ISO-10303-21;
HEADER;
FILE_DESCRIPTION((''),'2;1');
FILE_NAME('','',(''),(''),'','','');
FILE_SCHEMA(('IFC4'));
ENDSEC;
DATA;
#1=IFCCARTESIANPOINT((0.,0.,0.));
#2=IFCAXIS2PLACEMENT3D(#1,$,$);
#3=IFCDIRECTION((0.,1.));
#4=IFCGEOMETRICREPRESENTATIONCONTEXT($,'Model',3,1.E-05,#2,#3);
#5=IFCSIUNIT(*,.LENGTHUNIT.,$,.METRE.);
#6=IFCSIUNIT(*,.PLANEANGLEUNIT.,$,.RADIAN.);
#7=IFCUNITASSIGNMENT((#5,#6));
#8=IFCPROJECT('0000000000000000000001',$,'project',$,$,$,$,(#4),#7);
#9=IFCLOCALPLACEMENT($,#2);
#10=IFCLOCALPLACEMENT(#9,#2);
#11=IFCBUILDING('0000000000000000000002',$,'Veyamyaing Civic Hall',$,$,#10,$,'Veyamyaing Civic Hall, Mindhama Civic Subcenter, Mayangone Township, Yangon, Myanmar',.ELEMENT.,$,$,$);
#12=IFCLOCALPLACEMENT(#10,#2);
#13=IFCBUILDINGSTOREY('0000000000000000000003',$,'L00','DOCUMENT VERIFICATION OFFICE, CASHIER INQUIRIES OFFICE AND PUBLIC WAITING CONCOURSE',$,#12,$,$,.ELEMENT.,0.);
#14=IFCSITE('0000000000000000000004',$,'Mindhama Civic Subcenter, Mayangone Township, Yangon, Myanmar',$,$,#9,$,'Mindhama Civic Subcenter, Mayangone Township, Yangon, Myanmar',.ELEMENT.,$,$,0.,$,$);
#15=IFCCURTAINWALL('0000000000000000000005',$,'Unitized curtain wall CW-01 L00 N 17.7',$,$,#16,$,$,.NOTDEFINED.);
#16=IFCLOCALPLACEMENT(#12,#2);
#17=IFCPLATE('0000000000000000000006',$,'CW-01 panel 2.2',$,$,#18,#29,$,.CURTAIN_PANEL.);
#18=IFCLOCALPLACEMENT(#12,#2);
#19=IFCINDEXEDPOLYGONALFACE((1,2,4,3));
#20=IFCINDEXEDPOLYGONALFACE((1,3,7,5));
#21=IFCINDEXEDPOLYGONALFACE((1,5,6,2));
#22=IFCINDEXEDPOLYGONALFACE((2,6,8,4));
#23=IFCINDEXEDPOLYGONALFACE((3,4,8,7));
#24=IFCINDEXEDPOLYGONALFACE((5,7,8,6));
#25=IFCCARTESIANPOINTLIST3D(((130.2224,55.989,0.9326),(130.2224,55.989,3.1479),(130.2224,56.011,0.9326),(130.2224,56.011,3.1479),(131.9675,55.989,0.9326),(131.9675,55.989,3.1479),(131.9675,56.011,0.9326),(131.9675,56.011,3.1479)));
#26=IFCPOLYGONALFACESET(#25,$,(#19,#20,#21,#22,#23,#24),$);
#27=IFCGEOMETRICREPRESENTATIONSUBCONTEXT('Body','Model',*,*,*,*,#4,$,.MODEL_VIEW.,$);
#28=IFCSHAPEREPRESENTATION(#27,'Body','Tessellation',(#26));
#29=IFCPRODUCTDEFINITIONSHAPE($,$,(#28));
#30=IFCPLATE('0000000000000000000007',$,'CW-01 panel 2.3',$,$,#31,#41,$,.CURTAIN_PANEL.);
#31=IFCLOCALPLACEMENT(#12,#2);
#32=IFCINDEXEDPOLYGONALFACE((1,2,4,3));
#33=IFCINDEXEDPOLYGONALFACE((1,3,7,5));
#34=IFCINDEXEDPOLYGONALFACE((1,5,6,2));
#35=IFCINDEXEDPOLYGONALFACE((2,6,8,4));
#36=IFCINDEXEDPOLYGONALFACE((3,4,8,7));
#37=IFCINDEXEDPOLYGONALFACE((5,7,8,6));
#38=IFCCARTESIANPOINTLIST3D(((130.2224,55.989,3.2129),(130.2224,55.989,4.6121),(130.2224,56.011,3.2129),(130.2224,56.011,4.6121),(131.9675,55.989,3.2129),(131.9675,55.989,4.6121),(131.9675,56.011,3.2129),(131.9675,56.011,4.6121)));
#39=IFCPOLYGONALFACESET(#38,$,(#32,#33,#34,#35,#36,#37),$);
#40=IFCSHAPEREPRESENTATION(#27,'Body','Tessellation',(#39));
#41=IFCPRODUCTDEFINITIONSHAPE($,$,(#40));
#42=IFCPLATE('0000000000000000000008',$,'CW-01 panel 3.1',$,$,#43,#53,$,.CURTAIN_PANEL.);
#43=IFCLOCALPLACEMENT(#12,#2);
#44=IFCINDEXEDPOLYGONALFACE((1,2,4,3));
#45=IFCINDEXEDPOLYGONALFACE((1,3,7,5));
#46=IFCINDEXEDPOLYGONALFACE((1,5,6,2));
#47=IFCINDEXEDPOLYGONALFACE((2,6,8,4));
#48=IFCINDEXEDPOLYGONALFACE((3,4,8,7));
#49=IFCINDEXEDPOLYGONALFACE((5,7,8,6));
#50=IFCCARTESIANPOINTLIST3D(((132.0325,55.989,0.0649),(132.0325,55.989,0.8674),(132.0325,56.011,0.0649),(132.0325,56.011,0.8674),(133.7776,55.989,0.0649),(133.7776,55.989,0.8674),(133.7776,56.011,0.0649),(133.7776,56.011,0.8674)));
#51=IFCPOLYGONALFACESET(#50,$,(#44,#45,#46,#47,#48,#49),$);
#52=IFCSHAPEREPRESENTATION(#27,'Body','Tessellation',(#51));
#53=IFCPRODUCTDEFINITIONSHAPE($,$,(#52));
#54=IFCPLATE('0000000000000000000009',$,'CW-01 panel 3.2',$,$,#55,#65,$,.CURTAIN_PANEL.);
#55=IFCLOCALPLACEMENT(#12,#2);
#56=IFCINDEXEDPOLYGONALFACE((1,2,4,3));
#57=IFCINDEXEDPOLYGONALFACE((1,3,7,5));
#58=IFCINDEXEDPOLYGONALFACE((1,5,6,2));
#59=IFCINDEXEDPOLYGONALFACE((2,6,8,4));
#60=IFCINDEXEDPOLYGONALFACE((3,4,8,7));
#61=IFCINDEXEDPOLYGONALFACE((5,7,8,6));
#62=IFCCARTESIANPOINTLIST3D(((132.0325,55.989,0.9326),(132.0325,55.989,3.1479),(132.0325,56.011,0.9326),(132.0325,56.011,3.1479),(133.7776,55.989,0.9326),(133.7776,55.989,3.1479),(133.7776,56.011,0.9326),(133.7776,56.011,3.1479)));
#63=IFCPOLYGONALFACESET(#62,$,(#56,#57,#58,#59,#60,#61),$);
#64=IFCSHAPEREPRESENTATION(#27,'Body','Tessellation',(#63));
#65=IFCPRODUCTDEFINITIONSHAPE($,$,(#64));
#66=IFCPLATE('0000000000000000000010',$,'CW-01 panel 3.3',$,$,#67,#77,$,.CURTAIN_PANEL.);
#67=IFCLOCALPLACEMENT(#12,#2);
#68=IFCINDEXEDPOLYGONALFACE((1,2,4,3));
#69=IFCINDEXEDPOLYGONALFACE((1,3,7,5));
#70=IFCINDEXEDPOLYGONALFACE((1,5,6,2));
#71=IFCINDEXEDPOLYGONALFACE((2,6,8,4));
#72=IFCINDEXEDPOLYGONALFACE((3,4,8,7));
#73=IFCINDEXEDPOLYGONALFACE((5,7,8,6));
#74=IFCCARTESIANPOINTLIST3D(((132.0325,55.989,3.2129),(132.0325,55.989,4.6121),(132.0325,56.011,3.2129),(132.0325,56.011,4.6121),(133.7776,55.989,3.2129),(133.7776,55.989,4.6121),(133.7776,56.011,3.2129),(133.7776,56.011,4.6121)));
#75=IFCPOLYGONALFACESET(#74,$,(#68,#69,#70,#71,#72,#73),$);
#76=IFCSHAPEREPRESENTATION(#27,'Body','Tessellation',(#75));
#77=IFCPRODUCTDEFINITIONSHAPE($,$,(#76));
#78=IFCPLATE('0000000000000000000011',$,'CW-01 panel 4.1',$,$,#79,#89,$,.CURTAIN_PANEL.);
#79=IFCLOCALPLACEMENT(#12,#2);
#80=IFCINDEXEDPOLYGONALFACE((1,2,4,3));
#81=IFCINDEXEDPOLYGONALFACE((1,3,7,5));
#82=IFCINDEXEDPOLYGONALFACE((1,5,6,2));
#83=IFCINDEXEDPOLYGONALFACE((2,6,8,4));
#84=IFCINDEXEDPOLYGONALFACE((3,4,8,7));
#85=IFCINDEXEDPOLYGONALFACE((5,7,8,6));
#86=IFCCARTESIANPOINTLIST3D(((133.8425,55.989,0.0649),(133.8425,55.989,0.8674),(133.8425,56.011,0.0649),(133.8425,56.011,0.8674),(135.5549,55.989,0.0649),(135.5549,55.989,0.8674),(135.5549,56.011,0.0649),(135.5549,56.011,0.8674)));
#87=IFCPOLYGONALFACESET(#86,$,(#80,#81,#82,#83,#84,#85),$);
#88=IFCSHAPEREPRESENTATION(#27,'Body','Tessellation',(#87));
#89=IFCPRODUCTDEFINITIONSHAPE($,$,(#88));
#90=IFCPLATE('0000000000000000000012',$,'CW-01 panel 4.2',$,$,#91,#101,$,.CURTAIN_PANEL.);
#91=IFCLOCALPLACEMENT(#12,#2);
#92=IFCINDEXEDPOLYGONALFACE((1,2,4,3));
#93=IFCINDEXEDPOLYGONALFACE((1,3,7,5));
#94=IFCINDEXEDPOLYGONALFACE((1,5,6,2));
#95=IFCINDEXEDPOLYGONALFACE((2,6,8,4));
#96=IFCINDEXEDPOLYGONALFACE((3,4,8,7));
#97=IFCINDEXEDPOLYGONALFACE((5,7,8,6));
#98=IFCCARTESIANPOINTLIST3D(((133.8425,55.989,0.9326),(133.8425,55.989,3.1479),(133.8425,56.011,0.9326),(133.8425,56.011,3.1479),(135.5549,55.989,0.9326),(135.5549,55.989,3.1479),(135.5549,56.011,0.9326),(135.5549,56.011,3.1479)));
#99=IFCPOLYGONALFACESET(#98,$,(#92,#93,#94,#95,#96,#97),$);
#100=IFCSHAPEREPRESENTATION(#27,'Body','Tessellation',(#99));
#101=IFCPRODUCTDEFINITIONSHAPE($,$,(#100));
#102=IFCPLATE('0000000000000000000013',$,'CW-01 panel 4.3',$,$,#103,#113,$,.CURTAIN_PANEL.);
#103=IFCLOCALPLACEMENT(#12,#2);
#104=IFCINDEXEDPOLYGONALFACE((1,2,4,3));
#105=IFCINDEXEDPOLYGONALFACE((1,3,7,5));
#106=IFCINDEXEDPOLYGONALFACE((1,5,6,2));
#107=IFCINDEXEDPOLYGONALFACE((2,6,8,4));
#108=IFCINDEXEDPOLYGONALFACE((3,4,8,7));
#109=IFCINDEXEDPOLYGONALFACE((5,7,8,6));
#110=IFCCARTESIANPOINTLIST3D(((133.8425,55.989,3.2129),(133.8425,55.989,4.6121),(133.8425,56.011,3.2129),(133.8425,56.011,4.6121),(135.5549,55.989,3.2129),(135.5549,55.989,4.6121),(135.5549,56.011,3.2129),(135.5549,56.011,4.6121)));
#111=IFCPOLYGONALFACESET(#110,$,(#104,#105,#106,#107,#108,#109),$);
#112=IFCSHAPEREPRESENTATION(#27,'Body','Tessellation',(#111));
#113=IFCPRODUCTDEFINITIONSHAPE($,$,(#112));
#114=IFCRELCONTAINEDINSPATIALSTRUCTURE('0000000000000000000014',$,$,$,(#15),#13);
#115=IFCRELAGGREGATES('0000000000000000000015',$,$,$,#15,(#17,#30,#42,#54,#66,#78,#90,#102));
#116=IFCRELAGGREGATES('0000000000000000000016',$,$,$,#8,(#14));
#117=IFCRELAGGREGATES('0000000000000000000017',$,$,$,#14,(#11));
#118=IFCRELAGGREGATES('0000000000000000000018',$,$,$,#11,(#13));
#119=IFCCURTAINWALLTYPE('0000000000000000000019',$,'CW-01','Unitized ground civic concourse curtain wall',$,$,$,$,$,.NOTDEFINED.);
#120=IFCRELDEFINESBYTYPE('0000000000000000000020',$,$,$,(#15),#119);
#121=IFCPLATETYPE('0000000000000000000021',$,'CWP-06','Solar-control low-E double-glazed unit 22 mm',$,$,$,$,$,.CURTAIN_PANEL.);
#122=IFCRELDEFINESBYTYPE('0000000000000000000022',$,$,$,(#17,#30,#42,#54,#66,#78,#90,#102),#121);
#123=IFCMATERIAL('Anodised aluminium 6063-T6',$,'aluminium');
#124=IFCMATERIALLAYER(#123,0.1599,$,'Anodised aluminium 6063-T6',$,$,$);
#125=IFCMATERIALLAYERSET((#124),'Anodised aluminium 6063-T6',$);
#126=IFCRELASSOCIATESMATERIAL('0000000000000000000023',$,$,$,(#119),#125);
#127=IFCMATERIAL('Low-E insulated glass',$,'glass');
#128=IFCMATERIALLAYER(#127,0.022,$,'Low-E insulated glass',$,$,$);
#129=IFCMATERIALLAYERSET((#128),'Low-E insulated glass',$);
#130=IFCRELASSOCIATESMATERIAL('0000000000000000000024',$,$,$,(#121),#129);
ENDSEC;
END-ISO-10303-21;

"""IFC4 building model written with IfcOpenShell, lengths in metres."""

from ifc_helpers import new_model, si_unit, direction, frame, origin, origin_2d, place, context, subcontext, project, spatial, rectangle, extrude, material, layer, layer_set, type_object, element, aggregate, save


model = new_model("IFC4")

# Units and contexts
model_context = context("Model", 3, precision=1e-05, world=origin(), true_north=direction((0.0, 1.0)))
body_context = subcontext(model_context, "Body", "Model", "MODEL_VIEW")
ifc_project = project(units=[si_unit("LENGTHUNIT", "METRE"), si_unit("PLANEANGLEUNIT", "RADIAN")], contexts=[model_context])

# Site, building, storey
site_placement = place(None, origin())
site = spatial("IfcSite", under=ifc_project, at=site_placement, Name="Mindhama Civic Subcenter, Mayangone Township, Yangon, Myanmar", LongName="Mindhama Civic Subcenter, Mayangone Township, Yangon, Myanmar", CompositionType="ELEMENT", RefElevation=0.0)
building_placement = place(site_placement, origin())
building = spatial("IfcBuilding", under=site, at=building_placement, Name="Veyamyaing Civic Hall", LongName="Veyamyaing Civic Hall, Mindhama Civic Subcenter, Mayangone Township, Yangon, Myanmar", CompositionType="ELEMENT")
storey_placement = place(building_placement, origin())
storey = spatial("IfcBuildingStorey", under=building, at=storey_placement, Name="L00", Description="DOCUMENT VERIFICATION OFFICE, CASHIER INQUIRIES OFFICE AND PUBLIC WAITING CONCOURSE", CompositionType="ELEMENT", Elevation=0.0)

# Curtain wall, plates
ifc_material_1 = material(Name="Anodised aluminium 6063-T6", Category="aluminium")
ifc_layer_1 = layer(ifc_material_1, 0.1599, Name="Anodised aluminium 6063-T6")
ifc_layer_set_1 = layer_set([ifc_layer_1], Name="Anodised aluminium 6063-T6")
curtain_wall_type = type_object("IfcCurtainWallType", Name="CW-01", Description="Unitized ground civic concourse curtain wall", PredefinedType="NOTDEFINED", material=ifc_layer_set_1)
curtain_wall_placement = place(storey_placement, origin())
curtain_wall = element("IfcCurtainWall", 1, at=curtain_wall_placement, inside=storey, type_object=curtain_wall_type, Name="Unitized curtain wall CW-01 L00 N 17.7", PredefinedType="NOTDEFINED")
ifc_material_2 = material(Name="Low-E insulated glass", Category="glass")
ifc_layer_2 = layer(ifc_material_2, 0.022, Name="Low-E insulated glass")
ifc_layer_set_2 = layer_set([ifc_layer_2], Name="Low-E insulated glass")
plate_type = type_object("IfcPlateType", Name="CWP-06", Description="Solar-control low-E double-glazed unit 22 mm", PredefinedType="CURTAIN_PANEL", material=ifc_layer_set_2)
plate_1_placement = place(storey_placement, frame((131.095, 56.0, 0.9326), z_axis=(0.0, 0.0, 1.0), x_axis=(1.0, 0.0, 0.0)))
plate_1 = element("IfcPlate", 2, at=plate_1_placement, type_object=plate_type, Name="CW-01 panel 2.2", PredefinedType="CURTAIN_PANEL", context=body_context, shape_type="SweptSolid", body=[
    extrude(rectangle(XDim=1.7451, YDim=0.022, at=origin_2d()), origin(), (0.0, 0.0, 1.0), 2.2153),
])
plate_2_placement = place(storey_placement, frame((131.095, 56.0, 3.2129), z_axis=(0.0, 0.0, 1.0), x_axis=(1.0, 0.0, 0.0)))
plate_2 = element("IfcPlate", 3, at=plate_2_placement, type_object=plate_type, Name="CW-01 panel 2.3", PredefinedType="CURTAIN_PANEL", context=body_context, shape_type="SweptSolid", body=[
    extrude(rectangle(XDim=1.7451, YDim=0.022, at=origin_2d()), origin(), (0.0, 0.0, 1.0), 1.3992),
])
plate_3_placement = place(storey_placement, frame((132.905, 56.0, 0.0649), z_axis=(0.0, 0.0, 1.0), x_axis=(1.0, 0.0, 0.0)))
plate_3 = element("IfcPlate", 4, at=plate_3_placement, type_object=plate_type, Name="CW-01 panel 3.1", PredefinedType="CURTAIN_PANEL", context=body_context, shape_type="SweptSolid", body=[
    extrude(rectangle(XDim=1.7451, YDim=0.022, at=origin_2d()), origin(), (0.0, 0.0, 1.0), 0.8025),
])
plate_4_placement = place(storey_placement, frame((132.905, 56.0, 0.9326), z_axis=(0.0, 0.0, 1.0), x_axis=(1.0, 0.0, 0.0)))
plate_4 = element("IfcPlate", 5, at=plate_4_placement, type_object=plate_type, Name="CW-01 panel 3.2", PredefinedType="CURTAIN_PANEL", context=body_context, shape_type="SweptSolid", body=[
    extrude(rectangle(XDim=1.7451, YDim=0.022, at=origin_2d()), origin(), (0.0, 0.0, 1.0), 2.2153),
])
plate_5_placement = place(storey_placement, frame((132.905, 56.0, 3.2129), z_axis=(0.0, 0.0, 1.0), x_axis=(1.0, 0.0, 0.0)))
plate_5 = element("IfcPlate", 6, at=plate_5_placement, type_object=plate_type, Name="CW-01 panel 3.3", PredefinedType="CURTAIN_PANEL", context=body_context, shape_type="SweptSolid", body=[
    extrude(rectangle(XDim=1.7451, YDim=0.022, at=origin_2d()), origin(), (0.0, 0.0, 1.0), 1.3992),
])
plate_6_placement = place(storey_placement, frame((134.6987, 56.0, 0.0649), z_axis=(0.0, 0.0, 1.0), x_axis=(1.0, 0.0, 0.0)))
plate_6 = element("IfcPlate", 7, at=plate_6_placement, type_object=plate_type, Name="CW-01 panel 4.1", PredefinedType="CURTAIN_PANEL", context=body_context, shape_type="SweptSolid", body=[
    extrude(rectangle(XDim=1.7124, YDim=0.022, at=origin_2d()), origin(), (0.0, 0.0, 1.0), 0.8025),
])
plate_7_placement = place(storey_placement, frame((134.6987, 56.0, 0.9326), z_axis=(0.0, 0.0, 1.0), x_axis=(1.0, 0.0, 0.0)))
plate_7 = element("IfcPlate", 8, at=plate_7_placement, type_object=plate_type, Name="CW-01 panel 4.2", PredefinedType="CURTAIN_PANEL", context=body_context, shape_type="SweptSolid", body=[
    extrude(rectangle(XDim=1.7124, YDim=0.022, at=origin_2d()), origin(), (0.0, 0.0, 1.0), 2.2153),
])
plate_8_placement = place(storey_placement, frame((134.6987, 56.0, 3.2129), z_axis=(0.0, 0.0, 1.0), x_axis=(1.0, 0.0, 0.0)))
plate_8 = element("IfcPlate", 9, at=plate_8_placement, type_object=plate_type, Name="CW-01 panel 4.3", PredefinedType="CURTAIN_PANEL", context=body_context, shape_type="SweptSolid", body=[
    extrude(rectangle(XDim=1.7124, YDim=0.022, at=origin_2d()), origin(), (0.0, 0.0, 1.0), 1.3992),
])
aggregate(curtain_wall, [plate_1, plate_2, plate_3, plate_4, plate_5, plate_6, plate_7, plate_8])

save(model, "model.ifc")
